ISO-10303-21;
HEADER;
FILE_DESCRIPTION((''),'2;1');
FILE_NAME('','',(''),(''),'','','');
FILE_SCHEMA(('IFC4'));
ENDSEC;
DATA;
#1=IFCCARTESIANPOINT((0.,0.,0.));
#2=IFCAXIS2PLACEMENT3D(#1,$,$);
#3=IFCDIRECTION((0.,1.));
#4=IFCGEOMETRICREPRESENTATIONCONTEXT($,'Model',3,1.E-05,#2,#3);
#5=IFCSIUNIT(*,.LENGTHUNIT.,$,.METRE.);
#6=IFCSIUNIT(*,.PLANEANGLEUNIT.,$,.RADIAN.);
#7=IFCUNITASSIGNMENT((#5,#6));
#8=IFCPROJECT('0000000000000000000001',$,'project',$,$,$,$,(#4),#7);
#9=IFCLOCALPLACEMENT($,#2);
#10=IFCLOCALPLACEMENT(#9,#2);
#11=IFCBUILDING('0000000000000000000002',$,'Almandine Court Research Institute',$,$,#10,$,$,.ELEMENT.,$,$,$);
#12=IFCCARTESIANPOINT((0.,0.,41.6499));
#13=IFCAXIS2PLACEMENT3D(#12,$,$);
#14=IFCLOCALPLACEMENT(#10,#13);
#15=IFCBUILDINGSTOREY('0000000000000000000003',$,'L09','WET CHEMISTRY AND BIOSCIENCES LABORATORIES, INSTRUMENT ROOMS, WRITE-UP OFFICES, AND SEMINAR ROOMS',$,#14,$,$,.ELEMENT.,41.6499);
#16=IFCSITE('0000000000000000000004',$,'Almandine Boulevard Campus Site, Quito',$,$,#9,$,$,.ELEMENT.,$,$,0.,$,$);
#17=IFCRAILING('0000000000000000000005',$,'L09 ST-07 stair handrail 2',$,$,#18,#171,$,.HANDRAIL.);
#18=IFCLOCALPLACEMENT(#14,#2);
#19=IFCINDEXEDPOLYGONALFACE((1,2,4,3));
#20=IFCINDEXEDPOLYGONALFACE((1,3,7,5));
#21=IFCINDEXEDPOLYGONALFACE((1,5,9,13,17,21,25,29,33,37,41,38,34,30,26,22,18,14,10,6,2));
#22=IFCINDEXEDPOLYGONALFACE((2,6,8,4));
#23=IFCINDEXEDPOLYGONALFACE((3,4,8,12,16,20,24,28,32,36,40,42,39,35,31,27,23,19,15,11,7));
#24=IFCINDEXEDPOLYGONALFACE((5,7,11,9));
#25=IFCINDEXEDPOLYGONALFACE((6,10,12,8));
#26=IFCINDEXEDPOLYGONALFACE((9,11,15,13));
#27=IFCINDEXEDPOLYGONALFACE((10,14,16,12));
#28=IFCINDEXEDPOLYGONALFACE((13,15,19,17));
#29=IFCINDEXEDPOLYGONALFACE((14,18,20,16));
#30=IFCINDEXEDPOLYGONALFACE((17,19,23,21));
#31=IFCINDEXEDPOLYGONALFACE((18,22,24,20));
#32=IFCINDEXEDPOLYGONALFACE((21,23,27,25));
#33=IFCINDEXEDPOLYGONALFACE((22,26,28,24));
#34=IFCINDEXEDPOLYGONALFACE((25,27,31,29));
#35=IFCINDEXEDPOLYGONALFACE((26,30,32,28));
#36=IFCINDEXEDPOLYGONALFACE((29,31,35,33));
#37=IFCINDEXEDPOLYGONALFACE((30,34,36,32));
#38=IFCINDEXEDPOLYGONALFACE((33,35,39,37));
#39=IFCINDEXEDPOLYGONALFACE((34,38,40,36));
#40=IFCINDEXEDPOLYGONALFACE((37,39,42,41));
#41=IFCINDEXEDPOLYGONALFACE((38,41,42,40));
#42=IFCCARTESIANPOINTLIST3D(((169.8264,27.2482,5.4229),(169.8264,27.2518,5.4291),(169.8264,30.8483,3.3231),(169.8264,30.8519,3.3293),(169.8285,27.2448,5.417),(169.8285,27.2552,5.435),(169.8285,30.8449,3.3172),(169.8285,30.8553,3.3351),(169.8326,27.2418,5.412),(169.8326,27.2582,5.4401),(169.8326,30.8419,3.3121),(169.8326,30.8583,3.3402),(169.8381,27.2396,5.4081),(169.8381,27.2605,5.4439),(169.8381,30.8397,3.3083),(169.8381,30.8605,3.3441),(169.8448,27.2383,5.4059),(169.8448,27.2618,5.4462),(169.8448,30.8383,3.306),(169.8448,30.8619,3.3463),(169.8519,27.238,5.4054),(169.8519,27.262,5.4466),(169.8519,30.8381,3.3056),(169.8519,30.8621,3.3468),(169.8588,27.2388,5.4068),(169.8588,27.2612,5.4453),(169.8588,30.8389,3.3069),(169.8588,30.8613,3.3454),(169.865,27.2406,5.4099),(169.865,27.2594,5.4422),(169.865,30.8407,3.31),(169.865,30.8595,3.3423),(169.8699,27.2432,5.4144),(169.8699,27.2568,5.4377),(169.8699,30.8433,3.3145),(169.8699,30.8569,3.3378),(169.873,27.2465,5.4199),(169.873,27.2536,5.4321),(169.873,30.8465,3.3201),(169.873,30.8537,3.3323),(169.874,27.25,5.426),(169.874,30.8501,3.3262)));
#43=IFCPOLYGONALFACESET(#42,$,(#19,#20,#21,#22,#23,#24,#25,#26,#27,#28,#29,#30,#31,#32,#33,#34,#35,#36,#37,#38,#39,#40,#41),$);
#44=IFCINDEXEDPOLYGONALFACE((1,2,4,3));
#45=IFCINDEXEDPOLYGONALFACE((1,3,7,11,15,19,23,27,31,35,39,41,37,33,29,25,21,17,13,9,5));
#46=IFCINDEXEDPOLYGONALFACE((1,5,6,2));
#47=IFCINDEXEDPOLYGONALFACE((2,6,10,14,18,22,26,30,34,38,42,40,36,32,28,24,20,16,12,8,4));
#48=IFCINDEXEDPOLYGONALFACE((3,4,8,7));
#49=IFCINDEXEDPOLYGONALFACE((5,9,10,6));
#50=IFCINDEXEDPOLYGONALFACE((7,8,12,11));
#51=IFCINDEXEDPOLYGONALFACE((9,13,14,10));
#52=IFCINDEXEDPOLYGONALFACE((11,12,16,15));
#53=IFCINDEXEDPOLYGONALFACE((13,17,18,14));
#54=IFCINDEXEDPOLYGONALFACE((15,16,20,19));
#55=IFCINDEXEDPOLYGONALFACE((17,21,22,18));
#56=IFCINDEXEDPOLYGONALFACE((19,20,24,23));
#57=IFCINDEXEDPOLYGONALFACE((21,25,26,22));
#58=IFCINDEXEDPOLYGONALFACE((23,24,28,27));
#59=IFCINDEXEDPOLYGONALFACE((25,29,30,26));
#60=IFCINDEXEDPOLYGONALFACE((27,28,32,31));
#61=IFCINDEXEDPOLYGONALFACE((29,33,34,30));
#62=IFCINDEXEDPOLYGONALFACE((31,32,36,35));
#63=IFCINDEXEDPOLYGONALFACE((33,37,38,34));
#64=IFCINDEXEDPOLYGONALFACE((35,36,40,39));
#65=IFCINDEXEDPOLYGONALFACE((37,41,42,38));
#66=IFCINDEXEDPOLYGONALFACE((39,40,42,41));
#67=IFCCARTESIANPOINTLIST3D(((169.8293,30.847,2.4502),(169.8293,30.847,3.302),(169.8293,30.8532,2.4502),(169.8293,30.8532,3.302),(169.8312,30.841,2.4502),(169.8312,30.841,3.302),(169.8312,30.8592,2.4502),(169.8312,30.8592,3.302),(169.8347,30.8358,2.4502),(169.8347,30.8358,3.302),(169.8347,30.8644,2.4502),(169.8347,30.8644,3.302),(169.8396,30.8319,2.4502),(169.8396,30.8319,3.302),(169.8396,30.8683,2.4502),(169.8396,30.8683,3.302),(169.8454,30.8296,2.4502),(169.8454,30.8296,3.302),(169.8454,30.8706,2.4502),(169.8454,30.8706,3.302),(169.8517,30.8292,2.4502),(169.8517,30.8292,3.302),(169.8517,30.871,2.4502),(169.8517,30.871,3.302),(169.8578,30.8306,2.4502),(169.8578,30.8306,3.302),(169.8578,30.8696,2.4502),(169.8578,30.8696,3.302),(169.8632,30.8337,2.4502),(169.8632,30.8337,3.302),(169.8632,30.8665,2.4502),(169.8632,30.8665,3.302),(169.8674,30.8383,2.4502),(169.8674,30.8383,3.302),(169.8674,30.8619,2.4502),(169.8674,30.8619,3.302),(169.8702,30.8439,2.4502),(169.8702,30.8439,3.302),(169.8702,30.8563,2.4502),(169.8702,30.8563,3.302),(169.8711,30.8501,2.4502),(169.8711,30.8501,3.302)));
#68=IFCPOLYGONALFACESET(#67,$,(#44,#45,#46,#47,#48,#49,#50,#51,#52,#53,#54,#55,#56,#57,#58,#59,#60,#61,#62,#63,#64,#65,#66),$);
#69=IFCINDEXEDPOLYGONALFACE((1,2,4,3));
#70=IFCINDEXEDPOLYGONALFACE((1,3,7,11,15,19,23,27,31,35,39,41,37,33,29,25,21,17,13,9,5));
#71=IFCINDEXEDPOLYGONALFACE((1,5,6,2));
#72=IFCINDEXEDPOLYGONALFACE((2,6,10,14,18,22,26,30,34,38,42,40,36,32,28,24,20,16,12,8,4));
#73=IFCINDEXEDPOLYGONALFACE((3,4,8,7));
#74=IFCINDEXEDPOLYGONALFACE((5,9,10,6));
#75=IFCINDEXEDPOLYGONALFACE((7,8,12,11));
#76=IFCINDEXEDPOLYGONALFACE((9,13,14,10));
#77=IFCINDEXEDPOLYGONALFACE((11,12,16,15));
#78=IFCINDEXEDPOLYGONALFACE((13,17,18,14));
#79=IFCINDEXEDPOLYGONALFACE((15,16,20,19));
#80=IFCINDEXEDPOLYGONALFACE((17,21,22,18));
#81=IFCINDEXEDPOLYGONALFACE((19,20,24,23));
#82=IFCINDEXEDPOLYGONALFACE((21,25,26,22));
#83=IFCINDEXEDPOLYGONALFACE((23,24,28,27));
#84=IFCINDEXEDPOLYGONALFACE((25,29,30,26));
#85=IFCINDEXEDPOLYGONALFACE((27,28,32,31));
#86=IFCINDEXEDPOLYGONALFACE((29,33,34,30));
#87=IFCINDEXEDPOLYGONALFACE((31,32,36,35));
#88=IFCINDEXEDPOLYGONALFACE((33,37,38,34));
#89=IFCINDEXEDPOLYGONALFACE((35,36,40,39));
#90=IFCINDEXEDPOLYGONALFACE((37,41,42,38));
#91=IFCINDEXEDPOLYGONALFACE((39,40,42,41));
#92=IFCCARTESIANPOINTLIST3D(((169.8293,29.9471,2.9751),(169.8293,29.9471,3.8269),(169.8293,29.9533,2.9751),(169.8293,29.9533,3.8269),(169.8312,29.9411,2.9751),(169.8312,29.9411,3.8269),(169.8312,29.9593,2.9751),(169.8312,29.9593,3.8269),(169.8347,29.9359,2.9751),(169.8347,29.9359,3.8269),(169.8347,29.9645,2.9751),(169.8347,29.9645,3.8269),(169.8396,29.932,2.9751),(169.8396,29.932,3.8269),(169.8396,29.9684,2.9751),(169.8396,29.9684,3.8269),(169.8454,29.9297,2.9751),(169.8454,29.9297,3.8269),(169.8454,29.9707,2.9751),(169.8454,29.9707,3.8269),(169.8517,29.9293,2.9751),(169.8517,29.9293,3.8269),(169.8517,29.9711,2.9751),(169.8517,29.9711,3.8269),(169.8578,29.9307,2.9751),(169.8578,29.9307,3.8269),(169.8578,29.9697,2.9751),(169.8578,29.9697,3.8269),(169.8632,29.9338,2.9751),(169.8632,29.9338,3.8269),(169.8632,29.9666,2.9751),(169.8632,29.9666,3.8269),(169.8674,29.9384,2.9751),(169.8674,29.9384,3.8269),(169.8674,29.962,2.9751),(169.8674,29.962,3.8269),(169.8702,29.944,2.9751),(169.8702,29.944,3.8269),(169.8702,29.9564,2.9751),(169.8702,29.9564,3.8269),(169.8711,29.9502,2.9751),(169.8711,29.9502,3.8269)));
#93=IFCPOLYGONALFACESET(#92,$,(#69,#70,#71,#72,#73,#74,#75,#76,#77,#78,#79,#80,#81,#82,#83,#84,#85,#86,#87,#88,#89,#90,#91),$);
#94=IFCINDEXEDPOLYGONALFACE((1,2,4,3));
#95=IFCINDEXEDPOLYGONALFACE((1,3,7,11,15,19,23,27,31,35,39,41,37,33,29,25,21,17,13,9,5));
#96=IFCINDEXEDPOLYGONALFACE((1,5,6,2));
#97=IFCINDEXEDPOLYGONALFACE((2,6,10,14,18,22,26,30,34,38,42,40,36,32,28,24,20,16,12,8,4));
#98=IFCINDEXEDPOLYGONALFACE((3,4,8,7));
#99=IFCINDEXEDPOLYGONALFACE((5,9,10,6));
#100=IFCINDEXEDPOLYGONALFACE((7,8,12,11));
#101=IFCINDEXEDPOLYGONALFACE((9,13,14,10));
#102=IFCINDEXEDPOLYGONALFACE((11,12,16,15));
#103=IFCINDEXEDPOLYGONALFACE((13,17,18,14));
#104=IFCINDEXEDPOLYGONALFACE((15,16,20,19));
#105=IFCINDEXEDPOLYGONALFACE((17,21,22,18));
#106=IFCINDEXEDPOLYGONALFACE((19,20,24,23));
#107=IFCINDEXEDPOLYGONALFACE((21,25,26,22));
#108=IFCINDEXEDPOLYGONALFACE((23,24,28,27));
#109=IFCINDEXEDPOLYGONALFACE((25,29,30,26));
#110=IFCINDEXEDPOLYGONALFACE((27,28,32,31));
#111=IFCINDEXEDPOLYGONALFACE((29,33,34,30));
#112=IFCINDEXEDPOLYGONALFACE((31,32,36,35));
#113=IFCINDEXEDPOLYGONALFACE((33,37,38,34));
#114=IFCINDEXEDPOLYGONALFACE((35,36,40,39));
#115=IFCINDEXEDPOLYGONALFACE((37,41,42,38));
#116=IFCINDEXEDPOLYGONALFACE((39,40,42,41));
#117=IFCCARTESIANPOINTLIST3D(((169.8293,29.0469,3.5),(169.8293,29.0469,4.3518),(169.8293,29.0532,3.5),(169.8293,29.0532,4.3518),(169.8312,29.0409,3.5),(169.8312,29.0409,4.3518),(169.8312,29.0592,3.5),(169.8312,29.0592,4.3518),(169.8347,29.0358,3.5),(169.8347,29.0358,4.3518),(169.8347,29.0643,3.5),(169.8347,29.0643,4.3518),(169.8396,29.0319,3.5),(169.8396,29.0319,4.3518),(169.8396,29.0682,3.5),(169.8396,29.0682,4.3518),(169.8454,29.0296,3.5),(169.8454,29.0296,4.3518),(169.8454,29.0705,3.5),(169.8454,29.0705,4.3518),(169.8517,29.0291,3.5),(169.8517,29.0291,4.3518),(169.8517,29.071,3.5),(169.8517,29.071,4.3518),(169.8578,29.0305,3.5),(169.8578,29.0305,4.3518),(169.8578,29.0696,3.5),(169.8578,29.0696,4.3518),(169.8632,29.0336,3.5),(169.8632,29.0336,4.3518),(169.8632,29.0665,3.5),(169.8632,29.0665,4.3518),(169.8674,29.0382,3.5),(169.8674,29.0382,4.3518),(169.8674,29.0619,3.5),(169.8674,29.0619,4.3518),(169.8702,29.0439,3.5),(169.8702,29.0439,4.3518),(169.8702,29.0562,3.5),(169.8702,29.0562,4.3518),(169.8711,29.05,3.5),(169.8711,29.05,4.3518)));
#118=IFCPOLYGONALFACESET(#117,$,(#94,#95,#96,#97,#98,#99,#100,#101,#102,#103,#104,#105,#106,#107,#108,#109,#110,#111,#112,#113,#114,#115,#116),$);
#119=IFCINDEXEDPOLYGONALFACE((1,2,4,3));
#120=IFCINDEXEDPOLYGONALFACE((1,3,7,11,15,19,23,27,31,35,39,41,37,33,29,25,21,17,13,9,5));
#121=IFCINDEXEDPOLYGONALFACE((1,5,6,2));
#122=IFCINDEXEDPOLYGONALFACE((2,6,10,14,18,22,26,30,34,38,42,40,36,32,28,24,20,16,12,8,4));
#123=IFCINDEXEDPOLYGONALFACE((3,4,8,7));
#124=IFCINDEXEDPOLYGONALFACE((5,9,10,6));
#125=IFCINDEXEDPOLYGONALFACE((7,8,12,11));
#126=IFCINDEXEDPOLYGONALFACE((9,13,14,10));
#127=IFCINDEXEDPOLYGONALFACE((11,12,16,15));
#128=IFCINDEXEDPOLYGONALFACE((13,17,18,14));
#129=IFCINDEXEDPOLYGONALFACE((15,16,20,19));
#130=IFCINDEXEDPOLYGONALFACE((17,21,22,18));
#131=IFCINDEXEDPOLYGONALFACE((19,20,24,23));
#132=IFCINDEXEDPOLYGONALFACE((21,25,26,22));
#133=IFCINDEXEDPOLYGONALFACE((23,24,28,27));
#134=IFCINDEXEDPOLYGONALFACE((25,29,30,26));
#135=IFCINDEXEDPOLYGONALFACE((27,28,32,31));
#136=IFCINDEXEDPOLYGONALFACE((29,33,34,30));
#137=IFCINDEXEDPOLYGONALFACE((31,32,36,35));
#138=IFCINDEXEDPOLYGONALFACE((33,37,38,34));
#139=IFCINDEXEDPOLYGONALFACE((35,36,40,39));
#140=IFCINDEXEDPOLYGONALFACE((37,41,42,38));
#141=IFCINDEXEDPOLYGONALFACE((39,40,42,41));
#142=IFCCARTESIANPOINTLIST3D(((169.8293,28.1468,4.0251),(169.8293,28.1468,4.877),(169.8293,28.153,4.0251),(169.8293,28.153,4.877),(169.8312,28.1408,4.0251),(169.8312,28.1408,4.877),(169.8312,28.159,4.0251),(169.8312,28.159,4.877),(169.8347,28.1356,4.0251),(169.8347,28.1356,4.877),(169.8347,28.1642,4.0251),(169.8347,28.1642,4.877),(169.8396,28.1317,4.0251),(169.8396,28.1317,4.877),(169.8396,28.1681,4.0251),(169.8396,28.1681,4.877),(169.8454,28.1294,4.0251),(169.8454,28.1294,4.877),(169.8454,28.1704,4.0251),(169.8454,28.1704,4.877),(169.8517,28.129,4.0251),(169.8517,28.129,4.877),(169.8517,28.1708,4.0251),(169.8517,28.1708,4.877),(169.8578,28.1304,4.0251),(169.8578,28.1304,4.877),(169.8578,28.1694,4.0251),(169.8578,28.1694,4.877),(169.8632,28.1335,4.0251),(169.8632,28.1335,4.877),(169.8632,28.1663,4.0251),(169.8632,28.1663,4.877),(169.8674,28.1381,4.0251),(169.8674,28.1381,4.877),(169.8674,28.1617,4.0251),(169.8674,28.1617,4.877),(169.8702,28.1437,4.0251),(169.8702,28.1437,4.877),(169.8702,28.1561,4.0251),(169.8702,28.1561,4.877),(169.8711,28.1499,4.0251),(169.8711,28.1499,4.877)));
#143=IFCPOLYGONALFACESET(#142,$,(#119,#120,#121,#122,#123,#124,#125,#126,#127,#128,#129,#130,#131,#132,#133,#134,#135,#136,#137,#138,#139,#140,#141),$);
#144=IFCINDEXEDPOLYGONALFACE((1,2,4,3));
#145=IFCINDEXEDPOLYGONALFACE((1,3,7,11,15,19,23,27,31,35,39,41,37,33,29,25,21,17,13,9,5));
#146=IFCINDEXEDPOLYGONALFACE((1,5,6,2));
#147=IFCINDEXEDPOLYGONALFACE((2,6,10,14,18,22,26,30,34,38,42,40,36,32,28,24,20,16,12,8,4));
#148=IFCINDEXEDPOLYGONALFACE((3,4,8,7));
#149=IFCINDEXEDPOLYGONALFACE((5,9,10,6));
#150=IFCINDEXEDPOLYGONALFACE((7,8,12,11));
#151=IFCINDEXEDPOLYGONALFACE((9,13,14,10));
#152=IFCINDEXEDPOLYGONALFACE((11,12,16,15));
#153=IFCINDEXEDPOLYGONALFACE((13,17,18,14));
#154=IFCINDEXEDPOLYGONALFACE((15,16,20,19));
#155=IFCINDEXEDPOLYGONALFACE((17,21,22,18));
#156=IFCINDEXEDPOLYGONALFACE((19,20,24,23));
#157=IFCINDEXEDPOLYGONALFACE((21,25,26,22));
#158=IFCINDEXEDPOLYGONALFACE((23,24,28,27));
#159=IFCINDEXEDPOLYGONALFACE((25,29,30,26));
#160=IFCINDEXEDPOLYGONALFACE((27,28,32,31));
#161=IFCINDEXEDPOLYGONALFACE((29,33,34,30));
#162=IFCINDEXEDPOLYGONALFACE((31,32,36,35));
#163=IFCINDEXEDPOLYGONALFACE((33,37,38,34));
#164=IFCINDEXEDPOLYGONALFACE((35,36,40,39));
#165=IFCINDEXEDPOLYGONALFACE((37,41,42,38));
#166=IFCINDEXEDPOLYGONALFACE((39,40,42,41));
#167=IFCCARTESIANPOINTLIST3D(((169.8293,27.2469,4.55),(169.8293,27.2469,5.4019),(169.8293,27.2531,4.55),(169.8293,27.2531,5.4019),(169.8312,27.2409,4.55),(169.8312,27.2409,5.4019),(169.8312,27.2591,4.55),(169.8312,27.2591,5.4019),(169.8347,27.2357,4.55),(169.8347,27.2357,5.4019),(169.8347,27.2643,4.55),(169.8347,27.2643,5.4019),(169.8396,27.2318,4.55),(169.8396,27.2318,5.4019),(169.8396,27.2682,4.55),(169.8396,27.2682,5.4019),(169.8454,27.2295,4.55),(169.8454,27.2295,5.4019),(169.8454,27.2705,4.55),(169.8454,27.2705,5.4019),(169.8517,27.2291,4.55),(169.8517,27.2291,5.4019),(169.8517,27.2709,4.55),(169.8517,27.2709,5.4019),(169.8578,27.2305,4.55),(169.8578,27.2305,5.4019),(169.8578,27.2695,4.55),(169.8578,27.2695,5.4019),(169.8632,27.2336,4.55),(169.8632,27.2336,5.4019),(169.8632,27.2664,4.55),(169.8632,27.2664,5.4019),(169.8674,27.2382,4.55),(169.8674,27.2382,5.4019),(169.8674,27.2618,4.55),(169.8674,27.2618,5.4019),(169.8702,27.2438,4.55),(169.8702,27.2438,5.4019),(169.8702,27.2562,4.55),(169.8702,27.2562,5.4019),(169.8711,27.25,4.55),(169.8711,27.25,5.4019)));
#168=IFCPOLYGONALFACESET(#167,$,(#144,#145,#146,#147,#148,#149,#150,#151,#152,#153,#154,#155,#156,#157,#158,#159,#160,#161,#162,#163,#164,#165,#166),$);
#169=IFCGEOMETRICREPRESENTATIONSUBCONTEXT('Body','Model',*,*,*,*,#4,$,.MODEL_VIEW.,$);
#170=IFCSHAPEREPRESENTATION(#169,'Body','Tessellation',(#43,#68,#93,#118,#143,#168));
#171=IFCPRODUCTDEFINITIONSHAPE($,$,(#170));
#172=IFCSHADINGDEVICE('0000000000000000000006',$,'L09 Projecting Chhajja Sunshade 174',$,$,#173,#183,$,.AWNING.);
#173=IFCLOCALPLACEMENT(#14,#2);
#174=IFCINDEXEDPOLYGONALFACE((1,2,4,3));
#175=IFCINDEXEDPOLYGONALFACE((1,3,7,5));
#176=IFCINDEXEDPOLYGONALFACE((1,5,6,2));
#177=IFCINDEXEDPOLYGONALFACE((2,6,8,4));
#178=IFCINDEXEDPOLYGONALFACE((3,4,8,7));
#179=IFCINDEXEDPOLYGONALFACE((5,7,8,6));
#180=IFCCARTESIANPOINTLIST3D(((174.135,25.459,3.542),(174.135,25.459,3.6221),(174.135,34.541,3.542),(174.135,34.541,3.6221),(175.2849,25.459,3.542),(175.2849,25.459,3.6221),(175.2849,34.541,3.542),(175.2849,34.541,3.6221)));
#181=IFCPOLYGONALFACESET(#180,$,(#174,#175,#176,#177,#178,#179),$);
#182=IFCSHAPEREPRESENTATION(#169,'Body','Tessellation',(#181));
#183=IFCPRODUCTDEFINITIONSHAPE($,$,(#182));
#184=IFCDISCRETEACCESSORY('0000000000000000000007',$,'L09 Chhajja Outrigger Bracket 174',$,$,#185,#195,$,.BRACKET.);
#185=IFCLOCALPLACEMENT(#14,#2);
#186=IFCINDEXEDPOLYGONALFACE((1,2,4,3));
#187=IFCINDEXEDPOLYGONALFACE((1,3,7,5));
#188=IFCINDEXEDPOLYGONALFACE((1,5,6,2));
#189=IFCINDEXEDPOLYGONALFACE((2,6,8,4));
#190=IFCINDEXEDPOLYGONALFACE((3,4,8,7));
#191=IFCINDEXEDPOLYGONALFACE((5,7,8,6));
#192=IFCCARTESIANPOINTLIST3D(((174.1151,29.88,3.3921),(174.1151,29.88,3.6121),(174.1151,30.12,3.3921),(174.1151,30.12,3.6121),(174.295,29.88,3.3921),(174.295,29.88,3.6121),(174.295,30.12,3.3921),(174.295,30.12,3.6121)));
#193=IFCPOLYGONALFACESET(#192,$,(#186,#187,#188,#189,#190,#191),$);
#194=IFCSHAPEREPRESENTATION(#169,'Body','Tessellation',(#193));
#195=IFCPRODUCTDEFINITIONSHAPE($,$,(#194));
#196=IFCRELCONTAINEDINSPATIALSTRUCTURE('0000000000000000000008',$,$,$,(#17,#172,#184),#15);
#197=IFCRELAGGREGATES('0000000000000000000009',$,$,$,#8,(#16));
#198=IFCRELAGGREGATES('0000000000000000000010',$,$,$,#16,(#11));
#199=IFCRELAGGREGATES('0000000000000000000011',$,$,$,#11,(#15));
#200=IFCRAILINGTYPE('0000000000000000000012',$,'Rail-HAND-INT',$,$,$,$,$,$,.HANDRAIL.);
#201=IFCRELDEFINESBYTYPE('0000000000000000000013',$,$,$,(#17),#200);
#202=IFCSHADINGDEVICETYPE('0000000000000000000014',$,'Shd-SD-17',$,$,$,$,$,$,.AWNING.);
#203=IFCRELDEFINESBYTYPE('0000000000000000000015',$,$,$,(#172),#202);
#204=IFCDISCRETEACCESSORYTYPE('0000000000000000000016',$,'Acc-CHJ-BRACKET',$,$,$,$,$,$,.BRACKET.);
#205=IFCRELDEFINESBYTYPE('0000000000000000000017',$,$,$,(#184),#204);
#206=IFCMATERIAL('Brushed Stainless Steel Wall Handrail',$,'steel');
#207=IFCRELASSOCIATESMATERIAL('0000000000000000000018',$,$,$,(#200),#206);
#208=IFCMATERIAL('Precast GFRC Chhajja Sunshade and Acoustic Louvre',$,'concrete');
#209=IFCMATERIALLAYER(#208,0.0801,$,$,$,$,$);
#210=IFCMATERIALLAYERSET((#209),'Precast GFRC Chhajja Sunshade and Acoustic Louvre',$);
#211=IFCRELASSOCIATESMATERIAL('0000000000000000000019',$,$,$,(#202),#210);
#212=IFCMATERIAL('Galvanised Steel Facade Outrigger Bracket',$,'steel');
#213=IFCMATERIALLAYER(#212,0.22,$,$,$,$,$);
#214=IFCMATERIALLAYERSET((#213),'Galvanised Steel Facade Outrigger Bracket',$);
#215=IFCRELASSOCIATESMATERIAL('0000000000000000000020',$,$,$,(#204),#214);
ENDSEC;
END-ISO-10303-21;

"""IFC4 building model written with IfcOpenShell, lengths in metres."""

from ifc_helpers import new_model, si_unit, direction, frame, origin, origin_2d, place, context, subcontext, project, spatial, rectangle, circle, extrude, material, layer, layer_set, type_object, element, save


model = new_model("IFC4")

# Units and contexts
model_context = context("Model", 3, precision=1e-05, world=origin(), true_north=direction((0.0, 1.0)))
body_context = subcontext(model_context, "Body", "Model", "MODEL_VIEW")
ifc_project = project(units=[si_unit("LENGTHUNIT", "METRE"), si_unit("PLANEANGLEUNIT", "RADIAN")], contexts=[model_context])

# Site, building, storey
site_placement = place(None, origin())
site = spatial("IfcSite", under=ifc_project, at=site_placement, Name="Almandine Boulevard Campus Site, Quito", CompositionType="ELEMENT", RefElevation=0.0)
building_placement = place(site_placement, origin())
building = spatial("IfcBuilding", under=site, at=building_placement, Name="Almandine Court Research Institute", CompositionType="ELEMENT")
storey_placement = place(building_placement, frame((0.0, 0.0, 41.6499)))
storey = spatial("IfcBuildingStorey", under=building, at=storey_placement, Name="L09", Description="WET CHEMISTRY AND BIOSCIENCES LABORATORIES, INSTRUMENT ROOMS, WRITE-UP OFFICES, AND SEMINAR ROOMS", CompositionType="ELEMENT", Elevation=41.6499)

# Railing
ifc_material_1 = material(Name="Brushed Stainless Steel Wall Handrail", Category="steel")
railing_type_1 = type_object("IfcRailingType", Name="Rail-HAND-INT", PredefinedType="HANDRAIL", material=ifc_material_1)
railing_1_placement = place(storey_placement, frame((169.8501, 30.8501, 2.4502)))
element("IfcRailing", 1, at=railing_1_placement, inside=storey, type_object=railing_type_1, Name="L09 ST-07 stair handrail 2", PredefinedType="HANDRAIL", context=body_context, shape_type="SweptSolid", body=[
    extrude(circle(Radius=0.0239, at=origin_2d()), frame((0.0, 0.0, 0.876), z_axis=(0.0, -0.8638, 0.503835), x_axis=(1.0, 0.0, 0.0)), (0.0, 0.0, 1.0), 4.1677),
    extrude(circle(Radius=0.021, at=origin_2d()), origin(), (0.0, 0.0, 1.0), 0.8518),
    extrude(circle(Radius=0.021, at=origin_2d()), frame((0.0, -0.8999, 0.5249)), (0.0, 0.0, 1.0), 0.8518),
    extrude(circle(Radius=0.021, at=origin_2d()), frame((0.0, -1.8, 1.0498)), (0.0, 0.0, 1.0), 0.8518),
    extrude(circle(Radius=0.021, at=origin_2d()), frame((0.0, -2.7002, 1.575)), (0.0, 0.0, 1.0), 0.8518),
    extrude(circle(Radius=0.021, at=origin_2d()), frame((0.0, -3.6001, 2.0999)), (0.0, 0.0, 1.0), 0.8518),
])

# Shading device
ifc_material_2 = material(Name="Precast GFRC Chhajja Sunshade and Acoustic Louvre", Category="concrete")
ifc_layer_1 = layer(ifc_material_2, 0.0801)
ifc_layer_set_1 = layer_set([ifc_layer_1], Name="Precast GFRC Chhajja Sunshade and Acoustic Louvre")
shading_device_type = type_object("IfcShadingDeviceType", Name="Shd-SD-17", PredefinedType="AWNING", material=ifc_layer_set_1)
shading_device_placement = place(storey_placement, frame((174.71, 30.0, 3.542), z_axis=(0.0, 0.0, 1.0), x_axis=(0.0, -1.0, 0.0)))
element("IfcShadingDevice", 2, at=shading_device_placement, inside=storey, type_object=shading_device_type, Name="L09 Projecting Chhajja Sunshade 174", PredefinedType="AWNING", context=body_context, shape_type="SweptSolid", body=[
    extrude(rectangle(XDim=9.082, YDim=1.1499, at=origin_2d()), origin(), (0.0, 0.0, 1.0), 0.0801),
])

# Discrete accessory
ifc_material_3 = material(Name="Galvanised Steel Facade Outrigger Bracket", Category="steel")
ifc_layer_2 = layer(ifc_material_3, 0.22)
ifc_layer_set_2 = layer_set([ifc_layer_2], Name="Galvanised Steel Facade Outrigger Bracket")
discrete_accessory_type = type_object("IfcDiscreteAccessoryType", Name="Acc-CHJ-BRACKET", PredefinedType="BRACKET", material=ifc_layer_set_2)
discrete_accessory_placement = place(storey_placement, frame((174.2051, 30.0, 3.3921), z_axis=(0.0, 0.0, 1.0), x_axis=(0.0, -1.0, 0.0)))
element("IfcDiscreteAccessory", 3, at=discrete_accessory_placement, inside=storey, type_object=discrete_accessory_type, Name="L09 Chhajja Outrigger Bracket 174", PredefinedType="BRACKET", context=body_context, shape_type="SweptSolid", body=[
    extrude(rectangle(XDim=0.24, YDim=0.1799, at=origin_2d()), origin(), (0.0, 0.0, 1.0), 0.22),
])

save(model, "model.ifc")
